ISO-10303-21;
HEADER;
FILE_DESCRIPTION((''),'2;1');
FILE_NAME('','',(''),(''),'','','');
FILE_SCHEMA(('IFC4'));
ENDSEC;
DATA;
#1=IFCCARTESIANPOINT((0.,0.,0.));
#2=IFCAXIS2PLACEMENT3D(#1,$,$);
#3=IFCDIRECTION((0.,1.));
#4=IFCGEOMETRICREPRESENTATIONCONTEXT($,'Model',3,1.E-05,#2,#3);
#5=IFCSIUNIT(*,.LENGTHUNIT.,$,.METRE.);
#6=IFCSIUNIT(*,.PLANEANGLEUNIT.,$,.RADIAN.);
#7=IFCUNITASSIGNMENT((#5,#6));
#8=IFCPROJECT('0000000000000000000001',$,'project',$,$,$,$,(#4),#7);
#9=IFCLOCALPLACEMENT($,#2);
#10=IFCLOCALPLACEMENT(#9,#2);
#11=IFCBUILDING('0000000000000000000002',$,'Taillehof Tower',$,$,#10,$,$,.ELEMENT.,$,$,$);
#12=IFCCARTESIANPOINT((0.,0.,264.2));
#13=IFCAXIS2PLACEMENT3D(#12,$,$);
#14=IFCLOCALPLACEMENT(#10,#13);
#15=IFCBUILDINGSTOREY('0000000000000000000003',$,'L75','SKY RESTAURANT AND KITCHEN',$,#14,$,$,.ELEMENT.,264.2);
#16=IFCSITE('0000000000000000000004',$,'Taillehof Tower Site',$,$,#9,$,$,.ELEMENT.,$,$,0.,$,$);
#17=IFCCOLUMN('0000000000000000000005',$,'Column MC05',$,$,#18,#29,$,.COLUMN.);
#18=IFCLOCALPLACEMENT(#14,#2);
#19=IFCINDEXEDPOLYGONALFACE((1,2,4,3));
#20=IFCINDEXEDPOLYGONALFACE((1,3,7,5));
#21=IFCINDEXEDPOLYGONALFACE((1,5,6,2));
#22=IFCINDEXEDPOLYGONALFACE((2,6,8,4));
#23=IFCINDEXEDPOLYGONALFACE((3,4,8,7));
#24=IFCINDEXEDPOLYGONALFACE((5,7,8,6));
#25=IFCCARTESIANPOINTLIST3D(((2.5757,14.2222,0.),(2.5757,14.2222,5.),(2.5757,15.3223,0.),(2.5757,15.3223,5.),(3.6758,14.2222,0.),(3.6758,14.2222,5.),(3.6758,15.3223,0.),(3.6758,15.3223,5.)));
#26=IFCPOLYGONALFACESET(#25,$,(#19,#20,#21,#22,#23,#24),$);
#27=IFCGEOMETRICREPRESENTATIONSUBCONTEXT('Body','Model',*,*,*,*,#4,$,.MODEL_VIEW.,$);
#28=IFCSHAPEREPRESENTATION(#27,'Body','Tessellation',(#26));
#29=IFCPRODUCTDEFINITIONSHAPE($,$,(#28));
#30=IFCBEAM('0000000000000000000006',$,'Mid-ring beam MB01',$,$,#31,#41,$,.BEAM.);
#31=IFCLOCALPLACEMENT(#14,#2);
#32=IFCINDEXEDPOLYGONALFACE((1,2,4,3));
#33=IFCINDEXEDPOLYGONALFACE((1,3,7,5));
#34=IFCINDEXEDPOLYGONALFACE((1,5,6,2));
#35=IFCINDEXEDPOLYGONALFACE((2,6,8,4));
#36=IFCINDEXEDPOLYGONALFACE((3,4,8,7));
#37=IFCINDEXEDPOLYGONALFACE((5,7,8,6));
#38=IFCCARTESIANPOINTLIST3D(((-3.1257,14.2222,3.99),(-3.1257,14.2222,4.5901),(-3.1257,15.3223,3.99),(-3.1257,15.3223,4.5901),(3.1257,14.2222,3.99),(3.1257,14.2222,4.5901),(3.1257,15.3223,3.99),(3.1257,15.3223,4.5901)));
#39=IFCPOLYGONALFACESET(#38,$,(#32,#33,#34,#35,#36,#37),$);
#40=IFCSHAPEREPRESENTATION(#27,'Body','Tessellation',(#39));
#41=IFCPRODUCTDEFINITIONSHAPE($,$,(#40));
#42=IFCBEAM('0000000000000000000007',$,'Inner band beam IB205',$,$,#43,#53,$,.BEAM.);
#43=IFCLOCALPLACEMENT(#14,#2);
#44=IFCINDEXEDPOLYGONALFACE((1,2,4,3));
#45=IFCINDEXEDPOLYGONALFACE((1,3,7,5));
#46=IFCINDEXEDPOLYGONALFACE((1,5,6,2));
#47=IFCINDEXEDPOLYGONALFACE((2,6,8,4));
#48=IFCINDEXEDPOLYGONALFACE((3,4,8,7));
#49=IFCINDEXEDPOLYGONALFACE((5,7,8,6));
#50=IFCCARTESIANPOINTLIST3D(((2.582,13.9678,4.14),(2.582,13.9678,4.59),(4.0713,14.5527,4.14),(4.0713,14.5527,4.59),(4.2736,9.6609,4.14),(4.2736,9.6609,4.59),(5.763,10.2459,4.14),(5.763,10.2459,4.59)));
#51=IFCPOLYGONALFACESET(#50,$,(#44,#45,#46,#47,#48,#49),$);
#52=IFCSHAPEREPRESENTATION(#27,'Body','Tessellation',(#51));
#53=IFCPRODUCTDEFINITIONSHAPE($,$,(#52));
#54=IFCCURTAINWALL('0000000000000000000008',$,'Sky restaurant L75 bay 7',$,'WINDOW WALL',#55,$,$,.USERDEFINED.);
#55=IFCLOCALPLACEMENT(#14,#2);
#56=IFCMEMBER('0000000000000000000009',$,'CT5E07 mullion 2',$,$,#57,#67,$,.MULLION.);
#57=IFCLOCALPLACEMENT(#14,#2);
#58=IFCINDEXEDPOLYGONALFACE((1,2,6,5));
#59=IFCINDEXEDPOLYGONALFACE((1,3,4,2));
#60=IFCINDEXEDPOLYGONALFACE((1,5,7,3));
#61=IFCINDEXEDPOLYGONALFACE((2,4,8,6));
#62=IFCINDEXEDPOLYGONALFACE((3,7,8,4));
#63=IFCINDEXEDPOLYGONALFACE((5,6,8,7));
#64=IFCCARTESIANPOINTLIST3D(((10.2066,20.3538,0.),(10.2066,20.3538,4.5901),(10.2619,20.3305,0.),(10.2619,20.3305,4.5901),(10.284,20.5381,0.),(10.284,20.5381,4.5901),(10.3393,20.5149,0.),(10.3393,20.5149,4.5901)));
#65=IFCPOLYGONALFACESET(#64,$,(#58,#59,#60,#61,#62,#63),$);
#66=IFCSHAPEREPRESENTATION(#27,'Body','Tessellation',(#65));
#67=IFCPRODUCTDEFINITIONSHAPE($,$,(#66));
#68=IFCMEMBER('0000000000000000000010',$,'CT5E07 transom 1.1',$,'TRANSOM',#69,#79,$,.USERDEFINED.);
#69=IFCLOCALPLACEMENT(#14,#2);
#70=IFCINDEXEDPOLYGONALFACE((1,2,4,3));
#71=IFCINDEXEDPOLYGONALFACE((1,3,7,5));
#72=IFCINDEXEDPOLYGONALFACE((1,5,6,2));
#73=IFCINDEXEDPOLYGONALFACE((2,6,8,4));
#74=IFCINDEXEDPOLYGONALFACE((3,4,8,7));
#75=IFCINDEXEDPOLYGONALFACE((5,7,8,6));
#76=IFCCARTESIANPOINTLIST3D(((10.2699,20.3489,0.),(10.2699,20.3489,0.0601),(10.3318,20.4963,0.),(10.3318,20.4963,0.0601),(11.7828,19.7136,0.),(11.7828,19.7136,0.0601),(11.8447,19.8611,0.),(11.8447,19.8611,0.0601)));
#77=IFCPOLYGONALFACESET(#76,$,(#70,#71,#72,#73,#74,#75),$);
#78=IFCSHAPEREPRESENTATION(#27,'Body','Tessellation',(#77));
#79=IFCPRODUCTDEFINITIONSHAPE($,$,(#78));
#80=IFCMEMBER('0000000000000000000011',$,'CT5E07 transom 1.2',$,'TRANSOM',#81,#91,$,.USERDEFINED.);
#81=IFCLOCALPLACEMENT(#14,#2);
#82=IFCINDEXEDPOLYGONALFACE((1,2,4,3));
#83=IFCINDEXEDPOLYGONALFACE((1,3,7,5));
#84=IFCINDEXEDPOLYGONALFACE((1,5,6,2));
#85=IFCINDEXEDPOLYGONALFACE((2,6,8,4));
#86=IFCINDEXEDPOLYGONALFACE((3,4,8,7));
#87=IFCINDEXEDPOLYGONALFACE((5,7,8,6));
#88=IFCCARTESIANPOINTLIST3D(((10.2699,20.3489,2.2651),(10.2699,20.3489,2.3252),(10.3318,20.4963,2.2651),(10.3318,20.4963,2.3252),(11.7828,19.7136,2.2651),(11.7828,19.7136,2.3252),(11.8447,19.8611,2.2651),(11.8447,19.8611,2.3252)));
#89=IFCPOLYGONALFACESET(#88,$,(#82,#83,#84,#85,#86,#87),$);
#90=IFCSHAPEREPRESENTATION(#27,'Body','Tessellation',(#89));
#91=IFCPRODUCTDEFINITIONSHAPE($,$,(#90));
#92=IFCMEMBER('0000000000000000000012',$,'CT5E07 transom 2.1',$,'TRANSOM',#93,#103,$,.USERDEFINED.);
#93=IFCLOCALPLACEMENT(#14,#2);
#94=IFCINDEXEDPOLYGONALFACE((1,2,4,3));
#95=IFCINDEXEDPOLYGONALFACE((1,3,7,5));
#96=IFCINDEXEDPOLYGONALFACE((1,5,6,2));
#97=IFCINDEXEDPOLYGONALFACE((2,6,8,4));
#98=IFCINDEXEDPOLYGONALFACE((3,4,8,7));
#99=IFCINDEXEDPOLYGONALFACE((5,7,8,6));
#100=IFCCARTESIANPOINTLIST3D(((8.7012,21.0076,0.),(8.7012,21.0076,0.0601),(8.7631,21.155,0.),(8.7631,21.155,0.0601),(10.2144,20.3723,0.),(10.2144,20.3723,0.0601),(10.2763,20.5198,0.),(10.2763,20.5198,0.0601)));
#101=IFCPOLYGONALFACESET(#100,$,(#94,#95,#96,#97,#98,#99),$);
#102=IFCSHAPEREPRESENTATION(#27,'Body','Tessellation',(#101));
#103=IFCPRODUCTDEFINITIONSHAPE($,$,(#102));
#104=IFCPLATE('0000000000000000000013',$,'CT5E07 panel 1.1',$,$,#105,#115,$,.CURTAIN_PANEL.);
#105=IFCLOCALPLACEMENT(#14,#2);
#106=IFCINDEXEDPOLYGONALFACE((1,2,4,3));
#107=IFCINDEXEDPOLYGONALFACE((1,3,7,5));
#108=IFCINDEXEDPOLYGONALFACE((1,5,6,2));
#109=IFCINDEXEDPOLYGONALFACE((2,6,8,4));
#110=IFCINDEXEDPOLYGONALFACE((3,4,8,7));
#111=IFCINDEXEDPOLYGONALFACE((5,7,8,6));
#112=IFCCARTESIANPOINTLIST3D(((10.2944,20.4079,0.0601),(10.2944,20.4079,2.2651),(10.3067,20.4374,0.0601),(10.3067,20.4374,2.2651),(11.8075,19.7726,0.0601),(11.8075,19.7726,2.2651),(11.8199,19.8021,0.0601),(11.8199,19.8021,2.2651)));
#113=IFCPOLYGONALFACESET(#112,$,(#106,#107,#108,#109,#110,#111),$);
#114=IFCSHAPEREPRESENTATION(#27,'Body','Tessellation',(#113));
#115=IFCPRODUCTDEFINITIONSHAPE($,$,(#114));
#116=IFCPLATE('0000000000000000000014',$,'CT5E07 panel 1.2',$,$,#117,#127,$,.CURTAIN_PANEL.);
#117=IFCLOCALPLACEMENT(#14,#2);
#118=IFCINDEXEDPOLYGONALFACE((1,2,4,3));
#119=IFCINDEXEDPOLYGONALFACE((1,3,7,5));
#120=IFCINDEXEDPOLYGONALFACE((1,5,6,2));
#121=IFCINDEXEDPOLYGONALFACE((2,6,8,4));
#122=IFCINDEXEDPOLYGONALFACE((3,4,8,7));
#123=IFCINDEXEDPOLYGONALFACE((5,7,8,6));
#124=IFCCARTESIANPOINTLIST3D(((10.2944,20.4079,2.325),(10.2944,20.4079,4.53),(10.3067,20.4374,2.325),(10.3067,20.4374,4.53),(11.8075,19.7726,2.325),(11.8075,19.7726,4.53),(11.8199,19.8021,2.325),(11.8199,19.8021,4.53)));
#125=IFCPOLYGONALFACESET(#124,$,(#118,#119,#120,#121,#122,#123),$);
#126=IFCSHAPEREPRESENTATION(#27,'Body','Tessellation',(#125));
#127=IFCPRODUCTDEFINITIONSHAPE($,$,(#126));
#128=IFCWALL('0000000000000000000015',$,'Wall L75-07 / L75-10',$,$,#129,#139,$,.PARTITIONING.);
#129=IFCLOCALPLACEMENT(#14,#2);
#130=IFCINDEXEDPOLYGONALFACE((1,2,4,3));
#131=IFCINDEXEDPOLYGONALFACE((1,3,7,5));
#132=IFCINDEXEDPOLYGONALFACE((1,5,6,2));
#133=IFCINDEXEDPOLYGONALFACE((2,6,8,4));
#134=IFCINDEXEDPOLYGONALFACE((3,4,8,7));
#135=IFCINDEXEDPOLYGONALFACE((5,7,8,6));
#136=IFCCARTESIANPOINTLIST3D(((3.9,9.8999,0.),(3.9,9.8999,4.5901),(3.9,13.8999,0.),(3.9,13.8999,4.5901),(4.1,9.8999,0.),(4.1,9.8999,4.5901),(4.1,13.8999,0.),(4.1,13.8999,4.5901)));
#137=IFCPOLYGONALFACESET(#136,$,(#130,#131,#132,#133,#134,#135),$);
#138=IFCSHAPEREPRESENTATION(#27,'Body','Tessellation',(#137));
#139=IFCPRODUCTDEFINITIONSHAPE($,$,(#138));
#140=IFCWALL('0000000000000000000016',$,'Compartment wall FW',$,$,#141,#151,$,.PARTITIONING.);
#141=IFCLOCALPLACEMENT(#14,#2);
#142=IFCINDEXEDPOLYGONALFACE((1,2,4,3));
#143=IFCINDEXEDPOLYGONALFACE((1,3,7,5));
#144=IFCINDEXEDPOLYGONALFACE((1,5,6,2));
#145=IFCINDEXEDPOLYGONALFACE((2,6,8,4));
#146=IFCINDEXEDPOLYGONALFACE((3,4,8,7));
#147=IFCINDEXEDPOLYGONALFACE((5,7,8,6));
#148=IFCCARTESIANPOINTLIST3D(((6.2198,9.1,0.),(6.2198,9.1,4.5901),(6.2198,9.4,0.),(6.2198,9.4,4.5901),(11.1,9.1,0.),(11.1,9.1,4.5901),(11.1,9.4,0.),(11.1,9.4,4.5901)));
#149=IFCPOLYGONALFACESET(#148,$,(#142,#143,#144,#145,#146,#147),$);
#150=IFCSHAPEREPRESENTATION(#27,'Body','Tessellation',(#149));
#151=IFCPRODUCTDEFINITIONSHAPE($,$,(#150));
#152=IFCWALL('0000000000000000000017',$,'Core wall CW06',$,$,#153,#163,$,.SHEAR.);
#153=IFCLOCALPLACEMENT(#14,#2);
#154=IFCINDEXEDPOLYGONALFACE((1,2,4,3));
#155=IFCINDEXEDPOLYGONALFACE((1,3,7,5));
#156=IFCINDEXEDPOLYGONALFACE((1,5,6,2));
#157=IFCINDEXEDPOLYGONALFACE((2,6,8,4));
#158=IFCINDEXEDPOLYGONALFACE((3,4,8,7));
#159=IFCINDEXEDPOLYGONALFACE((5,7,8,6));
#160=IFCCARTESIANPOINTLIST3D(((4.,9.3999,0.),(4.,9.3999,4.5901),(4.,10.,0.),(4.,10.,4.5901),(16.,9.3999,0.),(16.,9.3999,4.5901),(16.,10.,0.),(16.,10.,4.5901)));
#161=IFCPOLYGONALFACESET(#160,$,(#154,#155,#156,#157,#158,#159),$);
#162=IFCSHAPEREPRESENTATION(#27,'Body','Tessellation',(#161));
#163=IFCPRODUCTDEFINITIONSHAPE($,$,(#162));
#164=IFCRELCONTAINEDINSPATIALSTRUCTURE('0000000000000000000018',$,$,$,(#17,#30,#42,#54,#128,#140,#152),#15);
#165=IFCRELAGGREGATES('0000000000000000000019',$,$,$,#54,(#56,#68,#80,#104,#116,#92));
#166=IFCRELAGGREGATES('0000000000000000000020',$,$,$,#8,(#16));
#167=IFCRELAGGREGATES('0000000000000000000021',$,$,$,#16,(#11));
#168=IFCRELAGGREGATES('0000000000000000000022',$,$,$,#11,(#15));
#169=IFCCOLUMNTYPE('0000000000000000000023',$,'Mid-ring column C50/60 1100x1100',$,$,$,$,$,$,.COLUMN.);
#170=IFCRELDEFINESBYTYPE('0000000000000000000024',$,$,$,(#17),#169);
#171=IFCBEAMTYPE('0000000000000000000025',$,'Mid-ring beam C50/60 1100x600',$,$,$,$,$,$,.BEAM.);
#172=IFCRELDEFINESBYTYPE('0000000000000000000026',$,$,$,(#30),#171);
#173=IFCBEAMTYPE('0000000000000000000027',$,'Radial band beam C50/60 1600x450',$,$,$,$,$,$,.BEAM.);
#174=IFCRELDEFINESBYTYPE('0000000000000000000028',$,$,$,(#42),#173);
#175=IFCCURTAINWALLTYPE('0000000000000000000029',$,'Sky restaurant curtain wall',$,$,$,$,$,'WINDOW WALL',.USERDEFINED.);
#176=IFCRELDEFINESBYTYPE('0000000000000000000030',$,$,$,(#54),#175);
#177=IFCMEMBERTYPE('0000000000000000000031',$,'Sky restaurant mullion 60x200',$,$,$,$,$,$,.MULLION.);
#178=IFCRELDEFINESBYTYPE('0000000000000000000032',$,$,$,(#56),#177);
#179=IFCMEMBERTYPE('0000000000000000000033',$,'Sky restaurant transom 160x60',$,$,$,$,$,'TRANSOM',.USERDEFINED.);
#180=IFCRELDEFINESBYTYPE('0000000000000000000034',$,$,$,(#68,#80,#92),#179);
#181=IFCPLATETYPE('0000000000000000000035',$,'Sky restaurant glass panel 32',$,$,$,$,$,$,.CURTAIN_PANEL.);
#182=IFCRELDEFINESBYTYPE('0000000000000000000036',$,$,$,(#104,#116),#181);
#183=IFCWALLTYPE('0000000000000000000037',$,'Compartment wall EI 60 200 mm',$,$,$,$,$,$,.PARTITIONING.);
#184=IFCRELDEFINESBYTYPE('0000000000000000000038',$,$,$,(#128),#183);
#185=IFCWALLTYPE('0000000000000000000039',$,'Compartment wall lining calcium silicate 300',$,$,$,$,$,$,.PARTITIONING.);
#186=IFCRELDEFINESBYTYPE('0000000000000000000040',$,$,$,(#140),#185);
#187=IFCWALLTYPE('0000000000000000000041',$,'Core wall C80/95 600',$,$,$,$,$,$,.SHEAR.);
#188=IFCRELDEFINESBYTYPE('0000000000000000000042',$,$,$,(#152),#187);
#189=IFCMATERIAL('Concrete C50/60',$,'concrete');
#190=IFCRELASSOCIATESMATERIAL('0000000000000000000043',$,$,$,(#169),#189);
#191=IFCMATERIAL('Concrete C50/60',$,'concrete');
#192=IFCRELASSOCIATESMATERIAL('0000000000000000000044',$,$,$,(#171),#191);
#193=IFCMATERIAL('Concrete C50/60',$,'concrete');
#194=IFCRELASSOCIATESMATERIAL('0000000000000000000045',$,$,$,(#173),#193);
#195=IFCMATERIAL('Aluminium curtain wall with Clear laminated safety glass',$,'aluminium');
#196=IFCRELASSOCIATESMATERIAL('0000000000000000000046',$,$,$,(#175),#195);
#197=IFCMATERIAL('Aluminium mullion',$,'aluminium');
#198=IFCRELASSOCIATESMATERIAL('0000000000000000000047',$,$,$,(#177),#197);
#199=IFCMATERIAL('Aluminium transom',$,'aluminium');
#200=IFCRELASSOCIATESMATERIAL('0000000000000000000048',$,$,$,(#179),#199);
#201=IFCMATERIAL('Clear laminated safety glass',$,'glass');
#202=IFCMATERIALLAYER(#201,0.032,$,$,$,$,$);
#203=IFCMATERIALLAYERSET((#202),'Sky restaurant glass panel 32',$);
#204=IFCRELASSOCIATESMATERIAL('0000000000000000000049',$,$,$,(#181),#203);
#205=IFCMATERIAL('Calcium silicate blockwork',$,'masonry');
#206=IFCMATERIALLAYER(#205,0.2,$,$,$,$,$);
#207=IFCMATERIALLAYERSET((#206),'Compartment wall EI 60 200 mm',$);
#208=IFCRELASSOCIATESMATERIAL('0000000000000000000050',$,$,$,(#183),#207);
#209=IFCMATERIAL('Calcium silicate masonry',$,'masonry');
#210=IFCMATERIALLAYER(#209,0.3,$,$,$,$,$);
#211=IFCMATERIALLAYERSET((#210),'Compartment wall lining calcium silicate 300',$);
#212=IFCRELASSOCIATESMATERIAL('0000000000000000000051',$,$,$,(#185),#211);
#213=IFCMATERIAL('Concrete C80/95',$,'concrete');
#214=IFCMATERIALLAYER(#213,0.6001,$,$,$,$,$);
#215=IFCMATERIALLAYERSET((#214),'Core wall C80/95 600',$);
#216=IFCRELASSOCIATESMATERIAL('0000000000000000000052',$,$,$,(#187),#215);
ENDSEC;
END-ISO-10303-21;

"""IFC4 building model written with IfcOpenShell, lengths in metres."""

from ifc_helpers import new_model, si_unit, direction, frame, frame_2d, origin, origin_2d, place, context, subcontext, project, spatial, rectangle, extrude, material, layer, layer_set, material_profile, profile_set, type_object, element, aggregate, save


model = new_model("IFC4")

# Units and contexts
model_context = context("Model", 3, precision=1e-05, world=origin(), true_north=direction((0.0, 1.0)))
body_context = subcontext(model_context, "Body", "Model", "MODEL_VIEW")
ifc_project = project(units=[si_unit("LENGTHUNIT", "METRE"), si_unit("PLANEANGLEUNIT", "RADIAN")], contexts=[model_context])

# Site, building, storey
site_placement = place(None, origin())
site = spatial("IfcSite", under=ifc_project, at=site_placement, Name="Taillehof Tower Site", CompositionType="ELEMENT", RefElevation=0.0)
building_placement = place(site_placement, origin())
building = spatial("IfcBuilding", under=site, at=building_placement, Name="Taillehof Tower", CompositionType="ELEMENT")
storey_placement = place(building_placement, frame((0.0, 0.0, 264.2)))
storey = spatial("IfcBuildingStorey", under=building, at=storey_placement, Name="L75", Description="SKY RESTAURANT AND KITCHEN", CompositionType="ELEMENT", Elevation=264.2)

# Column
ifc_material_1 = material(Name="Concrete C50/60", Category="concrete")
ifc_material_profile_1 = material_profile(ifc_material_1, rectangle(XDim=1.1001, YDim=1.1001, at=origin_2d()), Name="RC 1100x1100")
ifc_profile_set_1 = profile_set([ifc_material_profile_1], Name="Concrete C50/60")
column_type = type_object("IfcColumnType", Name="Mid-ring column C50/60 1100x1100", PredefinedType="COLUMN", material=ifc_profile_set_1)
column_placement = place(storey_placement, frame((3.1257, 14.7722, 0.0), z_axis=(0.0, 0.0, 1.0), x_axis=(1.0, 0.0, 0.0)))
element("IfcColumn", 1, at=column_placement, inside=storey, type_object=column_type, Name="Column MC05", PredefinedType="COLUMN", context=body_context, shape_type="SweptSolid", body=[
    extrude(rectangle(XDim=1.1001, YDim=1.1001, at=origin_2d()), origin(), (0.0, 0.0, 1.0), 5.0),
])

# Beams
ifc_material_2 = material(Name="Concrete C50/60", Category="concrete")
ifc_material_profile_2 = material_profile(ifc_material_2, rectangle(XDim=1.1001, YDim=0.6001, at=origin_2d()), Name="RC 1100x600")
ifc_profile_set_2 = profile_set([ifc_material_profile_2], Name="Concrete C50/60")
beam_type_1 = type_object("IfcBeamType", Name="Mid-ring beam C50/60 1100x600", PredefinedType="BEAM", material=ifc_profile_set_2)
beam_1_placement = place(storey_placement, frame((3.1257, 14.7722, 4.29), z_axis=(-1.0, 0.0, 0.0), x_axis=(0.0, -1.0, 0.0)))
element("IfcBeam", 2, at=beam_1_placement, inside=storey, type_object=beam_type_1, Name="Mid-ring beam MB01", PredefinedType="BEAM", context=body_context, shape_type="SweptSolid", body=[
    extrude(rectangle(XDim=1.1001, YDim=0.6001, at=origin_2d()), origin(), (0.0, 0.0, 1.0), 6.2515),
])
ifc_material_3 = material(Name="Concrete C50/60", Category="concrete")
ifc_material_profile_3 = material_profile(ifc_material_3, rectangle(XDim=1.6001, YDim=0.45, at=origin_2d()), Name="RC 1600x450")
ifc_profile_set_3 = profile_set([ifc_material_profile_3], Name="Concrete C50/60")
beam_type_2 = type_object("IfcBeamType", Name="Radial band beam C50/60 1600x450", PredefinedType="BEAM", material=ifc_profile_set_3)
beam_2_placement = place(storey_placement, frame((3.3267, 14.2603, 4.365), z_axis=(0.365589, -0.930777, 0.0), x_axis=(0.930777, 0.365589, 0.0)))
element("IfcBeam", 3, at=beam_2_placement, inside=storey, type_object=beam_type_2, Name="Inner band beam IB205", PredefinedType="BEAM", context=body_context, shape_type="SweptSolid", body=[
    extrude(rectangle(XDim=1.6001, YDim=0.45, at=origin_2d()), origin(), (0.0, 0.0, 1.0), 4.6272),
])

# Curtain wall, members, plates
ifc_material_4 = material(Name="Aluminium curtain wall with Clear laminated safety glass", Category="aluminium")
curtain_wall_type = type_object("IfcCurtainWallType", Name="Sky restaurant curtain wall", ElementType="WINDOW WALL", PredefinedType="USERDEFINED", material=ifc_material_4)
curtain_wall_placement = place(storey_placement, origin())
curtain_wall = element("IfcCurtainWall", 4, at=curtain_wall_placement, inside=storey, type_object=curtain_wall_type, Name="Sky restaurant L75 bay 7", ObjectType="WINDOW WALL", PredefinedType="USERDEFINED")
ifc_material_5 = material(Name="Aluminium mullion", Category="aluminium")
ifc_material_profile_4 = material_profile(ifc_material_5, rectangle(XDim=0.2, YDim=0.0601, at=origin_2d()), Name="AL 60x200")
ifc_profile_set_4 = profile_set([ifc_material_profile_4], Name="Aluminium mullion")
member_type_1 = type_object("IfcMemberType", Name="Sky restaurant mullion 60x200", PredefinedType="MULLION", material=ifc_profile_set_4)
member_1_placement = place(storey_placement, frame((10.2729, 20.4343, 0.0), z_axis=(0.0, 0.0, 1.0), x_axis=(-0.387101, -0.922037, 0.0)))
member_1 = element("IfcMember", 5, at=member_1_placement, type_object=member_type_1, Name="CT5E07 mullion 2", PredefinedType="MULLION", context=body_context, shape_type="SweptSolid", body=[
    extrude(rectangle(XDim=0.2, YDim=0.0601, at=origin_2d()), origin(), (0.0, 0.0, 1.0), 4.5901),
])
ifc_material_6 = material(Name="Aluminium transom", Category="aluminium")
ifc_material_profile_5 = material_profile(ifc_material_6, rectangle(XDim=0.1599, YDim=0.0601, at=origin_2d()), Name="AL 160x60")
ifc_profile_set_5 = profile_set([ifc_material_profile_5], Name="Aluminium transom")
member_type_2 = type_object("IfcMemberType", Name="Sky restaurant transom 160x60", ElementType="TRANSOM", PredefinedType="USERDEFINED", material=ifc_profile_set_5)
member_2_placement = place(storey_placement, frame((11.8137, 19.7874, 0.03), z_axis=(-0.922021, 0.387139, 0.0), x_axis=(-0.387139, -0.922021, 0.0)))
member_2 = element("IfcMember", 6, at=member_2_placement, type_object=member_type_2, Name="CT5E07 transom 1.1", ObjectType="TRANSOM", PredefinedType="USERDEFINED", context=body_context, shape_type="SweptSolid", body=[
    extrude(rectangle(XDim=0.1599, YDim=0.0601, at=origin_2d()), origin(), (0.0, 0.0, 1.0), 1.6409),
])
member_3_placement = place(storey_placement, frame((11.8137, 19.7874, 2.2952), z_axis=(-0.922021, 0.387139, 0.0), x_axis=(-0.387139, -0.922021, 0.0)))
member_3 = element("IfcMember", 7, at=member_3_placement, type_object=member_type_2, Name="CT5E07 transom 1.2", ObjectType="TRANSOM", PredefinedType="USERDEFINED", context=body_context, shape_type="SweptSolid", body=[
    extrude(rectangle(XDim=0.1599, YDim=0.0601, at=origin_2d()), origin(), (0.0, 0.0, 1.0), 1.6409),
])
member_4_placement = place(storey_placement, frame((10.2454, 20.446, 0.03), z_axis=(-0.922044, 0.387086, 0.0), x_axis=(-0.387086, -0.922044, 0.0)))
member_4 = element("IfcMember", 8, at=member_4_placement, type_object=member_type_2, Name="CT5E07 transom 2.1", ObjectType="TRANSOM", PredefinedType="USERDEFINED", context=body_context, shape_type="SweptSolid", body=[
    extrude(rectangle(XDim=0.1599, YDim=0.0601, at=origin_2d()), origin(), (0.0, 0.0, 1.0), 1.6411),
])
ifc_material_7 = material(Name="Clear laminated safety glass", Category="glass")
ifc_layer_1 = layer(ifc_material_7, 0.032)
ifc_layer_set_1 = layer_set([ifc_layer_1], Name="Sky restaurant glass panel 32")
plate_type = type_object("IfcPlateType", Name="Sky restaurant glass panel 32", PredefinedType="CURTAIN_PANEL", material=ifc_layer_set_1)
plate_1_placement = place(storey_placement, frame((11.0571, 20.105, 0.0601), z_axis=(0.0, 0.0, 1.0), x_axis=(-0.922037, 0.387101, 0.0)))
plate_1 = element("IfcPlate", 9, at=plate_1_placement, type_object=plate_type, Name="CT5E07 panel 1.1", PredefinedType="CURTAIN_PANEL", context=body_context, shape_type="SweptSolid", body=[
    extrude(rectangle(XDim=1.6411, YDim=0.032, at=origin_2d()), origin(), (0.0, 0.0, 1.0), 2.2051),
])
plate_2_placement = place(storey_placement, frame((11.0571, 20.105, 2.325), z_axis=(0.0, 0.0, 1.0), x_axis=(-0.922037, 0.387101, 0.0)))
plate_2 = element("IfcPlate", 10, at=plate_2_placement, type_object=plate_type, Name="CT5E07 panel 1.2", PredefinedType="CURTAIN_PANEL", context=body_context, shape_type="SweptSolid", body=[
    extrude(rectangle(XDim=1.6411, YDim=0.032, at=origin_2d()), origin(), (0.0, 0.0, 1.0), 2.2051),
])
aggregate(curtain_wall, [member_1, member_2, member_3, plate_1, plate_2, member_4])

# Walls
ifc_material_8 = material(Name="Calcium silicate blockwork", Category="masonry")
ifc_layer_2 = layer(ifc_material_8, 0.2)
ifc_layer_set_2 = layer_set([ifc_layer_2], Name="Compartment wall EI 60 200 mm")
wall_type_1 = type_object("IfcWallType", Name="Compartment wall EI 60 200 mm", PredefinedType="PARTITIONING", material=ifc_layer_set_2)
wall_1_placement = place(storey_placement, frame((4.0, 9.8999, 0.0), z_axis=(0.0, 0.0, 1.0), x_axis=(0.0, 1.0, 0.0)))
element("IfcWall", 11, at=wall_1_placement, inside=storey, type_object=wall_type_1, Name="Wall L75-07 / L75-10", PredefinedType="PARTITIONING", context=body_context, shape_type="SweptSolid", body=[
    extrude(rectangle(XDim=4.0, YDim=0.2, at=frame_2d((2.0, 0.0))), origin(), (0.0, 0.0, 1.0), 4.5901),
])
ifc_material_9 = material(Name="Calcium silicate masonry", Category="masonry")
ifc_layer_3 = layer(ifc_material_9, 0.3)
ifc_layer_set_3 = layer_set([ifc_layer_3], Name="Compartment wall lining calcium silicate 300")
wall_type_2 = type_object("IfcWallType", Name="Compartment wall lining calcium silicate 300", PredefinedType="PARTITIONING", material=ifc_layer_set_3)
wall_2_placement = place(storey_placement, frame((6.22, 9.25, 0.0), z_axis=(0.0, 0.0, 1.0), x_axis=(1.0, 0.0, 0.0)))
element("IfcWall", 12, at=wall_2_placement, inside=storey, type_object=wall_type_2, Name="Compartment wall FW", PredefinedType="PARTITIONING", context=body_context, shape_type="SweptSolid", body=[
    extrude(rectangle(XDim=4.8801, YDim=0.3, at=frame_2d((2.4399, 0.0))), origin(), (0.0, 0.0, 1.0), 4.5901),
])
ifc_material_10 = material(Name="Concrete C80/95", Category="concrete")
ifc_layer_4 = layer(ifc_material_10, 0.6001)
ifc_layer_set_4 = layer_set([ifc_layer_4], Name="Core wall C80/95 600")
wall_type_3 = type_object("IfcWallType", Name="Core wall C80/95 600", PredefinedType="SHEAR", material=ifc_layer_set_4)
wall_3_placement = place(storey_placement, frame((4.0, 9.7, 0.0), z_axis=(0.0, 0.0, 1.0), x_axis=(1.0, 0.0, 0.0)))
element("IfcWall", 13, at=wall_3_placement, inside=storey, type_object=wall_type_3, Name="Core wall CW06", PredefinedType="SHEAR", context=body_context, shape_type="SweptSolid", body=[
    extrude(rectangle(XDim=12.0, YDim=0.6001, at=frame_2d((6.0, 0.0))), origin(), (0.0, 0.0, 1.0), 4.5901),
])

save(model, "model.ifc")
